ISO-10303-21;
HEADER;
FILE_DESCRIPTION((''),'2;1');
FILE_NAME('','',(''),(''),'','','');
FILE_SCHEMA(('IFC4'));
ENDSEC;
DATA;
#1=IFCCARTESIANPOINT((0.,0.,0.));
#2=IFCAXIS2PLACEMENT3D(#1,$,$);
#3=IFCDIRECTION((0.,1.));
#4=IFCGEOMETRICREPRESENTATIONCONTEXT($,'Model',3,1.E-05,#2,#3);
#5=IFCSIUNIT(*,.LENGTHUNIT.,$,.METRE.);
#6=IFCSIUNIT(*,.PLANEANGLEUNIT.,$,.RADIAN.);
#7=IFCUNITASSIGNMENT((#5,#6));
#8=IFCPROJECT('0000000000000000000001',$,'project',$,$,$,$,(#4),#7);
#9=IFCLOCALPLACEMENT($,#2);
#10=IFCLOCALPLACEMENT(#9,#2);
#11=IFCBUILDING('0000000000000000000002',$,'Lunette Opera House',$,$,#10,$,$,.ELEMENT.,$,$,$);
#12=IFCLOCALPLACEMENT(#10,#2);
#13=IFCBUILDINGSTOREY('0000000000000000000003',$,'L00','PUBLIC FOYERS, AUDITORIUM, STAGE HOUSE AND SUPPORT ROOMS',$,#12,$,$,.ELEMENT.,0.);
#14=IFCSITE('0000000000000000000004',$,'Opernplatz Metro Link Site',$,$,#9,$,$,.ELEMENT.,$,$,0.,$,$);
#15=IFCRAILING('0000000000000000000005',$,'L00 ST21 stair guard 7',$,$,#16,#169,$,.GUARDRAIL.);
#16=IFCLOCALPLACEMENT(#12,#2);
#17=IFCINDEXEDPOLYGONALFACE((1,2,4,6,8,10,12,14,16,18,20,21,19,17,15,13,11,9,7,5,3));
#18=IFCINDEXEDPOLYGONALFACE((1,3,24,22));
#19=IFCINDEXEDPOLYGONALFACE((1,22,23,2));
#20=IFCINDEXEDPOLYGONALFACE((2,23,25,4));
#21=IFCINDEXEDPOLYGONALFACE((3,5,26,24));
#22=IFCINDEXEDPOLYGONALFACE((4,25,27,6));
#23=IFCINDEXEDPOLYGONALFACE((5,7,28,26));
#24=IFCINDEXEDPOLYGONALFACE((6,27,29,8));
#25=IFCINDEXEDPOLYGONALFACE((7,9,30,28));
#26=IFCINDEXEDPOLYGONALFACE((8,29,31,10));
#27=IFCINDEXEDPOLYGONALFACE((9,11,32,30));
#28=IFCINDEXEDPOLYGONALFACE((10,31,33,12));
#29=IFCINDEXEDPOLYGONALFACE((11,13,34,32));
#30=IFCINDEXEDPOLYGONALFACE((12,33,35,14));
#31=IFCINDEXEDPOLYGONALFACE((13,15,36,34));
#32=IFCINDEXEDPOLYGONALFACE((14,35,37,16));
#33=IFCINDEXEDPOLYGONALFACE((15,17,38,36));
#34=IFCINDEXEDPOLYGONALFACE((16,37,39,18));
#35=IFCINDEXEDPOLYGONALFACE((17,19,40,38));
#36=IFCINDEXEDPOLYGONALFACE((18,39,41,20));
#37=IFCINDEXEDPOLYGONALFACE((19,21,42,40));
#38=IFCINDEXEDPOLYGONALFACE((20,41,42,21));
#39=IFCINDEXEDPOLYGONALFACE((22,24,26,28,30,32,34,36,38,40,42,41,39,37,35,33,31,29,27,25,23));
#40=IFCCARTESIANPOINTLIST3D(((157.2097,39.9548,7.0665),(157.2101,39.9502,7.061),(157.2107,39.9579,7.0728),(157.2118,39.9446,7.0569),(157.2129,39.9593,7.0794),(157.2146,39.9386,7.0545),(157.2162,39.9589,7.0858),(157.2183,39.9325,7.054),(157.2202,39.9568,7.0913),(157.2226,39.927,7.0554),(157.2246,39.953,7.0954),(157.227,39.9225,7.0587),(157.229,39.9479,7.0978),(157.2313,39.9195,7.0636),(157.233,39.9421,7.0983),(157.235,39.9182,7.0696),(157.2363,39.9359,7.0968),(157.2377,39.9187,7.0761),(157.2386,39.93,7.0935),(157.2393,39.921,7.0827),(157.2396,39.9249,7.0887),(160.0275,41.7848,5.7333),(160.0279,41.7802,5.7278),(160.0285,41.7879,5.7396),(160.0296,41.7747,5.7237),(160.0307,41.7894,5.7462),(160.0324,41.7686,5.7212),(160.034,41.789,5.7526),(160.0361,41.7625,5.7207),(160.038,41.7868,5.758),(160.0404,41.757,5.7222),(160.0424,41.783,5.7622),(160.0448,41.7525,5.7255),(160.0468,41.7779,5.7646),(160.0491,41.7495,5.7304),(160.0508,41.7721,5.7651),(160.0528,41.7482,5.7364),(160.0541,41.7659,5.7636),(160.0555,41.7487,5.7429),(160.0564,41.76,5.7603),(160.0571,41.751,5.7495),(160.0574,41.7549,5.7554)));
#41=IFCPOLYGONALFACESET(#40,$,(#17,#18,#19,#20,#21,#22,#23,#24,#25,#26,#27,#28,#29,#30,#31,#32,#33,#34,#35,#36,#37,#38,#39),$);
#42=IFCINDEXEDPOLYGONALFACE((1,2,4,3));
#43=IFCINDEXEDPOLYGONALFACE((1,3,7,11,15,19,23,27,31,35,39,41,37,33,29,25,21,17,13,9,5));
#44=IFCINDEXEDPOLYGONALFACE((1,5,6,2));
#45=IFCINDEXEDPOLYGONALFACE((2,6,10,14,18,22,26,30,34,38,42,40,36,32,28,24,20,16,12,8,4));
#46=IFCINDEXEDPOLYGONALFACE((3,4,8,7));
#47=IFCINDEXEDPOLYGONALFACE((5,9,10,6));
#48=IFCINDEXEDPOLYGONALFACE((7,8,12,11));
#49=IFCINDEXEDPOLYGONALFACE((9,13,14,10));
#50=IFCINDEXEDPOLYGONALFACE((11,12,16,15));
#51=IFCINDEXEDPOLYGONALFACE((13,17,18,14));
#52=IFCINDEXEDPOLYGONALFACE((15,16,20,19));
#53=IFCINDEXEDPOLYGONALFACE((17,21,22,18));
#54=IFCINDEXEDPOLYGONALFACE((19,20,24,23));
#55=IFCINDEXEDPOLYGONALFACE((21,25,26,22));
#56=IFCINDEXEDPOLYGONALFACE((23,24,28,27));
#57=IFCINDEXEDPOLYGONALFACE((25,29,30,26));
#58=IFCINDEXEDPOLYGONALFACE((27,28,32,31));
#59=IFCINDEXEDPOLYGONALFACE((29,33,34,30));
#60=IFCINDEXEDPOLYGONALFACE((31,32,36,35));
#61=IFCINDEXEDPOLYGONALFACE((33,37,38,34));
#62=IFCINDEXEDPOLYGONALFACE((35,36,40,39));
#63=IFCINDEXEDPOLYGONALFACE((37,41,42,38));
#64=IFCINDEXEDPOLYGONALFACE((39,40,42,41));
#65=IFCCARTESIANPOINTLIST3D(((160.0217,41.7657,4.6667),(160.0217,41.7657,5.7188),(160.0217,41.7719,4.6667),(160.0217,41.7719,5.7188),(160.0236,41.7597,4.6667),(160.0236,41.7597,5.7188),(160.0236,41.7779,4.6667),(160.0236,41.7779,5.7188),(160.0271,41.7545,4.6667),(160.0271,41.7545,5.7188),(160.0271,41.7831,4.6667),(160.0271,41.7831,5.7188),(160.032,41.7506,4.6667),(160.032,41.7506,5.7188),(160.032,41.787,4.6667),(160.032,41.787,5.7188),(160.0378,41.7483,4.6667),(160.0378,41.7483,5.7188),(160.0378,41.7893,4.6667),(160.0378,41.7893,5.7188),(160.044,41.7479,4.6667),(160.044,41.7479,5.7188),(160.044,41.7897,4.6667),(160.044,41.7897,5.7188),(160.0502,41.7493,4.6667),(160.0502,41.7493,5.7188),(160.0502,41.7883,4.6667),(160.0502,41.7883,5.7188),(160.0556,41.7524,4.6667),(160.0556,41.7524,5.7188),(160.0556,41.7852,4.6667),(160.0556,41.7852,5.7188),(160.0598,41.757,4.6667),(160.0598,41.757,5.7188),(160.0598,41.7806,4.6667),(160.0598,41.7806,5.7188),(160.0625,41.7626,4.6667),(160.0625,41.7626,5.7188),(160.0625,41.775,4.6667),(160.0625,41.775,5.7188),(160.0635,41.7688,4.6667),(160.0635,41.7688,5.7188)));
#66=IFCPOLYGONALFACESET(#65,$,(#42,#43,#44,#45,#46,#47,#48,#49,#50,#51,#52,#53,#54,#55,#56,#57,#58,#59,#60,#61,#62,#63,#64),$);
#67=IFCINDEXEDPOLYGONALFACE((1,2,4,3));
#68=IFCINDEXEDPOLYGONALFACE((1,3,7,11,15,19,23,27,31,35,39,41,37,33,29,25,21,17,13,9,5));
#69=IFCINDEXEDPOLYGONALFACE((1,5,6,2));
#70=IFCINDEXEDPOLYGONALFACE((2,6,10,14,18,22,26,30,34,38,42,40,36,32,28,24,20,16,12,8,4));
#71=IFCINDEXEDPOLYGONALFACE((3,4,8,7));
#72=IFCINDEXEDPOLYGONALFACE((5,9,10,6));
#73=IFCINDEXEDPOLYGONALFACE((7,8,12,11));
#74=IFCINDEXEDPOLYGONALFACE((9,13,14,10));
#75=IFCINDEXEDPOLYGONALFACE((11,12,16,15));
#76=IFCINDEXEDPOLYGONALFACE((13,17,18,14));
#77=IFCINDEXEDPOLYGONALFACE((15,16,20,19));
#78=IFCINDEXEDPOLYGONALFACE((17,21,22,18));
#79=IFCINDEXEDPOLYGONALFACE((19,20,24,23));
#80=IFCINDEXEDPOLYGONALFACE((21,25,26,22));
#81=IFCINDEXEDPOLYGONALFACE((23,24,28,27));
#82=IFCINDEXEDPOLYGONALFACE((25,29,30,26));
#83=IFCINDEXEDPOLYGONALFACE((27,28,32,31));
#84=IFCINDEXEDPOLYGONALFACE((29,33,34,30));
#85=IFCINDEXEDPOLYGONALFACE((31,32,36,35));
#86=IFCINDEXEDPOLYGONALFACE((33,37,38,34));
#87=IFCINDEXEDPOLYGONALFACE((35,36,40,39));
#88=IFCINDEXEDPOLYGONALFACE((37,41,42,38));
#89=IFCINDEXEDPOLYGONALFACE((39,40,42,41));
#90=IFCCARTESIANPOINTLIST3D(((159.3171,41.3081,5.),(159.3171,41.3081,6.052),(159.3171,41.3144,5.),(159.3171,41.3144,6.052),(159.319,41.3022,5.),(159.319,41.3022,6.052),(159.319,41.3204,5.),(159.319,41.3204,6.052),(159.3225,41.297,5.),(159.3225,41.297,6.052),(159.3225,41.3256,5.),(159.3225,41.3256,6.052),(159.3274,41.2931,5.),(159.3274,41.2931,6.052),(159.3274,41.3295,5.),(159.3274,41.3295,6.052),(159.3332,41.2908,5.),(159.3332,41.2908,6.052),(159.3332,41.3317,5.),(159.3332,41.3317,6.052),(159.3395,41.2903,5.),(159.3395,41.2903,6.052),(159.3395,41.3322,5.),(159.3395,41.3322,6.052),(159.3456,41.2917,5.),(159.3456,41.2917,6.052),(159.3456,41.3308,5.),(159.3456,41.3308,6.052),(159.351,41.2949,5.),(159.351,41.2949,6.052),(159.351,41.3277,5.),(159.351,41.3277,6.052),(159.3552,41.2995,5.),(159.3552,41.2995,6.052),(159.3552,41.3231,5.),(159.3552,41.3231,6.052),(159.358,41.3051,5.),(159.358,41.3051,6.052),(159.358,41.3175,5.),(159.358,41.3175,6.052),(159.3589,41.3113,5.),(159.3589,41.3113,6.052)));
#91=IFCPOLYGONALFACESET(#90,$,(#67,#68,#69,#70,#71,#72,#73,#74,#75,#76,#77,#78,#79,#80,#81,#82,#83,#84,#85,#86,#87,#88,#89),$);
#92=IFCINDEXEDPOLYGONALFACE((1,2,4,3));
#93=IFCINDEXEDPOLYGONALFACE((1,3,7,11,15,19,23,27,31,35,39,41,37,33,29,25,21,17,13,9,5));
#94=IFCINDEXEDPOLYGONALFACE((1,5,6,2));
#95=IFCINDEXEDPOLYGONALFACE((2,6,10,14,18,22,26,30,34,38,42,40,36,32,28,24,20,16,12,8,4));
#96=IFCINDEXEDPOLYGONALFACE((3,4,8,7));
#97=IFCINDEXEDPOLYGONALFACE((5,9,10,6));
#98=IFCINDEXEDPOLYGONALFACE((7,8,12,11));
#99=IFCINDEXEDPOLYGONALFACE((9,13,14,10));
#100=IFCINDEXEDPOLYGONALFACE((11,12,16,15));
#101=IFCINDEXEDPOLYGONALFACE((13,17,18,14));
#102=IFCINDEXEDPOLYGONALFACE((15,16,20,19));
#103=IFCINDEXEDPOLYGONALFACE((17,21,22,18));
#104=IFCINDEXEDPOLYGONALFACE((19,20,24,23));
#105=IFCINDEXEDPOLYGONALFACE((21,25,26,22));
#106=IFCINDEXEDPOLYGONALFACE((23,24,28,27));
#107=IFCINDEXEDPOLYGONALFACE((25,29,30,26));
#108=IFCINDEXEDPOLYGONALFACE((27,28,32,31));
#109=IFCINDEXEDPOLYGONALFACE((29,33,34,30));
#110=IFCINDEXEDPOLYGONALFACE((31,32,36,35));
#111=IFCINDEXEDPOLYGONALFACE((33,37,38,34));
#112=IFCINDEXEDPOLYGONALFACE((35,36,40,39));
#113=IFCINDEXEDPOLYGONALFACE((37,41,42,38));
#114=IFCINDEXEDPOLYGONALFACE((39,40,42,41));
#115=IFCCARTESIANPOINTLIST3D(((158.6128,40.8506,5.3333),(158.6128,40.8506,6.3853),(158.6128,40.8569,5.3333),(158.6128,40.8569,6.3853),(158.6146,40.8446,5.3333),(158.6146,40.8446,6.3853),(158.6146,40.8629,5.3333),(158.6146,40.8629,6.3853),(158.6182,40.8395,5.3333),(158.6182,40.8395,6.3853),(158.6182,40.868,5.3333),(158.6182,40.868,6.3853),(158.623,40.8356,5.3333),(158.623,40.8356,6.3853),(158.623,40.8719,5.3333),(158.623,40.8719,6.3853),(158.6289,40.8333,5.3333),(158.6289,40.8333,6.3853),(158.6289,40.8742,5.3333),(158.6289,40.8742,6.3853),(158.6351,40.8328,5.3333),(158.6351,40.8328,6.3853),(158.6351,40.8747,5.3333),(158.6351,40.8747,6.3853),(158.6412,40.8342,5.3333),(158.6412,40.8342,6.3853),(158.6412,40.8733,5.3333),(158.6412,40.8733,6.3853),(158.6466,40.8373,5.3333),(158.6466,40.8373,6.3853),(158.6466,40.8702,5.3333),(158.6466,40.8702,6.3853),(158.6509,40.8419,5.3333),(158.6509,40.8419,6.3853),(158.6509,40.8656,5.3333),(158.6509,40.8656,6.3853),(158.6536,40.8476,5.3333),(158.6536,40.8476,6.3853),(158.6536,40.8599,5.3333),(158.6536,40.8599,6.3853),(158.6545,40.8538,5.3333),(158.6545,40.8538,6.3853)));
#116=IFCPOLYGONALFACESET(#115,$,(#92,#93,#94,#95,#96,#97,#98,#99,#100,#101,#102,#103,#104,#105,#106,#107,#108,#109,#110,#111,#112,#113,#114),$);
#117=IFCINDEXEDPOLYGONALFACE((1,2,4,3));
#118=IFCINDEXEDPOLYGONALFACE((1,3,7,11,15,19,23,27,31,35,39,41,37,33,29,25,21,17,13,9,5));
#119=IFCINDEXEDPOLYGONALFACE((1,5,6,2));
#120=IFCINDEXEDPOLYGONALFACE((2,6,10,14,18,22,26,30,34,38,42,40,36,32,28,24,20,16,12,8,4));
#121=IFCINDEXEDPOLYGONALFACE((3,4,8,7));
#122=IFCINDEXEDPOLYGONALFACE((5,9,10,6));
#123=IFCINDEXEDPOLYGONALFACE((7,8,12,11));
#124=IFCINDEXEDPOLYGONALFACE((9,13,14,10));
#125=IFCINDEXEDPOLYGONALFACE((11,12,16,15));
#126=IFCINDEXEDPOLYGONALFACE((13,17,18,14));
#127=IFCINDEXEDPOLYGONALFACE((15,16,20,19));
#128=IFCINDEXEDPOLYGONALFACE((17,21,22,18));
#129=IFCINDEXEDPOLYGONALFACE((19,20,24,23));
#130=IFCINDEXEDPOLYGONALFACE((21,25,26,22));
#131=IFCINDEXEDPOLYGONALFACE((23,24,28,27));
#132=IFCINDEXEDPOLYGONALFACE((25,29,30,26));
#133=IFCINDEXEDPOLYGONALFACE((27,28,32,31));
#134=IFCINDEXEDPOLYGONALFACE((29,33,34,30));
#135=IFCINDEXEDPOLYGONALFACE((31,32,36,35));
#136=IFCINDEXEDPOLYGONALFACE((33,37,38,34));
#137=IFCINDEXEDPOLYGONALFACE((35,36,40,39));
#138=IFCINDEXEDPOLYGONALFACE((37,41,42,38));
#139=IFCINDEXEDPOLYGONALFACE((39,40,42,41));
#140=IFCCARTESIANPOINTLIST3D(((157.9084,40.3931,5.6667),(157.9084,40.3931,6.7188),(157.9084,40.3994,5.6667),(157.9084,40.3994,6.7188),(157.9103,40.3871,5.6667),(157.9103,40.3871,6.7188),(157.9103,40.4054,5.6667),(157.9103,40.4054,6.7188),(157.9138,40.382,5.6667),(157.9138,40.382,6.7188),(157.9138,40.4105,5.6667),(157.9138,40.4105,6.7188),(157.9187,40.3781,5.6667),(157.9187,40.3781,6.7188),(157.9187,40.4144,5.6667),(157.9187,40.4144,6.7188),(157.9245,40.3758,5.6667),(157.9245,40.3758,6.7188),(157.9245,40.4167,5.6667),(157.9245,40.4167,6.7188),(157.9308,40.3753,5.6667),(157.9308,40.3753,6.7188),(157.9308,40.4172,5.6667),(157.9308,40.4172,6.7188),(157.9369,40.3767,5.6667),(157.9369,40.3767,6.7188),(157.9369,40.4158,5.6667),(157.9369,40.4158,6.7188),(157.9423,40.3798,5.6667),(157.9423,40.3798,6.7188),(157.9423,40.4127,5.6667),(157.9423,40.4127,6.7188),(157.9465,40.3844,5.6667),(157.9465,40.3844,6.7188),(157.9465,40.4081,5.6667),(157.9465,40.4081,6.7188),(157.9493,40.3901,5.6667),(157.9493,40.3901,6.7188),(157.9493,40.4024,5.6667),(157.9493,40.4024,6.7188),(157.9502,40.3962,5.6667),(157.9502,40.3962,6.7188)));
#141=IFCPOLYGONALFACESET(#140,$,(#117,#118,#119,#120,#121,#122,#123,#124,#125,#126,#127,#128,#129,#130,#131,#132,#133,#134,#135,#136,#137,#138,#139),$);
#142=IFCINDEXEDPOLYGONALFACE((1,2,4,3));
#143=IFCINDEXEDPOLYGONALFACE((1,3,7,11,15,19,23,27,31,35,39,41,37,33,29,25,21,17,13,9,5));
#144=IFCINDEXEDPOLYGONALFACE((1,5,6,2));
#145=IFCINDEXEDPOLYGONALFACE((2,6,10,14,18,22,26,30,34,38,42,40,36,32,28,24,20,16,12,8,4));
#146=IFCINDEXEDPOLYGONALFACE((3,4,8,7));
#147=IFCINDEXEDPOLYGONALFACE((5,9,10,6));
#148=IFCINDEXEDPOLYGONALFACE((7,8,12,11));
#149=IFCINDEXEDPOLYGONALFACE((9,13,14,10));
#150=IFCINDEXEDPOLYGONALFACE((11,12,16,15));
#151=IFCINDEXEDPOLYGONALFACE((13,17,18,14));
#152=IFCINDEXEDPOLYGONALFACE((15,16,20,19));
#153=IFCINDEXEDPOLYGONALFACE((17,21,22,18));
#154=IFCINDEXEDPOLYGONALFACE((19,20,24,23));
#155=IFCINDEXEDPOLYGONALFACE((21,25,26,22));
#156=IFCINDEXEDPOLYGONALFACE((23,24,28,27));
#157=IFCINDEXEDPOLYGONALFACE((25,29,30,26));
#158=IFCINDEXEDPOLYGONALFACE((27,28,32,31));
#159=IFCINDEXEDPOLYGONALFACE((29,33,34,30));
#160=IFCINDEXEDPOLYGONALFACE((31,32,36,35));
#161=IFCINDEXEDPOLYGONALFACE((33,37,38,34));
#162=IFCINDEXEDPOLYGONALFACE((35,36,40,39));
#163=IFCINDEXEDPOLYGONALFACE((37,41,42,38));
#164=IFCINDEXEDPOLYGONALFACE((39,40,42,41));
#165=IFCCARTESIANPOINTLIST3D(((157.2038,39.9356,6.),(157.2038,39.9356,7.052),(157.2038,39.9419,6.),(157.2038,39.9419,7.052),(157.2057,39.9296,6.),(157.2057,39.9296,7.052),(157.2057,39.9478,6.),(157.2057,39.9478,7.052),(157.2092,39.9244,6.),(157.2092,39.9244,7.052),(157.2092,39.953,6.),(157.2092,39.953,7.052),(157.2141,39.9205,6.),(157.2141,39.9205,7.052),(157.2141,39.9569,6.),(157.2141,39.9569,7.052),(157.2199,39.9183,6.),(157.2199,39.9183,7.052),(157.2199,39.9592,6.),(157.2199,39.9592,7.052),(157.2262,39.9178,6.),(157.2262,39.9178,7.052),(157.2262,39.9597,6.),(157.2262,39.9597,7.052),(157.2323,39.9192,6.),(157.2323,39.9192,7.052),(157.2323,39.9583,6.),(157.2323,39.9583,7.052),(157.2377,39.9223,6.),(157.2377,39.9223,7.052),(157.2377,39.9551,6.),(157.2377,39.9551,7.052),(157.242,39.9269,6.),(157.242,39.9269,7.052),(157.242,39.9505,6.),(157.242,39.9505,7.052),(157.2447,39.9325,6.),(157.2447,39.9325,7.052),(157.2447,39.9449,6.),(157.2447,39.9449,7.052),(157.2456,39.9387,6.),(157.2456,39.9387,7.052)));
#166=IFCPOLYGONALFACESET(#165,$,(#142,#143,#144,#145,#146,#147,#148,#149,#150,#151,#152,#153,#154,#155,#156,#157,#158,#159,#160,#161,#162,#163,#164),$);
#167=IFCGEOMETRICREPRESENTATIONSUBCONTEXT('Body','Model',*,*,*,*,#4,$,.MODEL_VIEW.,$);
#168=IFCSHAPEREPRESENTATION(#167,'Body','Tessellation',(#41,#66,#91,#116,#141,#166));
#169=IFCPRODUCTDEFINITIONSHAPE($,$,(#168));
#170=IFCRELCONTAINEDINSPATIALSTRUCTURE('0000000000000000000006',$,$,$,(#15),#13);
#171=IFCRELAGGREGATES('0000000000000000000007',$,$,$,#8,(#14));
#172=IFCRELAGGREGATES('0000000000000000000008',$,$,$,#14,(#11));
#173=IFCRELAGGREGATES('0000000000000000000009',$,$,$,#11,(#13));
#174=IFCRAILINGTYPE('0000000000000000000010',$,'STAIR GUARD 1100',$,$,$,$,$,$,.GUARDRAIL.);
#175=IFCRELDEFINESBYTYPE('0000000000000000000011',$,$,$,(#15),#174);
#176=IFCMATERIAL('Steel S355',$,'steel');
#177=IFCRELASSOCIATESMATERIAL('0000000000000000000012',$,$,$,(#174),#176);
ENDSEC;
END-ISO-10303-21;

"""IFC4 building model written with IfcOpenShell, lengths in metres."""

from ifc_helpers import new_model, si_unit, direction, frame, origin, origin_2d, place, context, subcontext, project, spatial, circle, extrude, material, type_object, element, save


model = new_model("IFC4")

# Units and contexts
model_context = context("Model", 3, precision=1e-05, world=origin(), true_north=direction((0.0, 1.0)))
body_context = subcontext(model_context, "Body", "Model", "MODEL_VIEW")
ifc_project = project(units=[si_unit("LENGTHUNIT", "METRE"), si_unit("PLANEANGLEUNIT", "RADIAN")], contexts=[model_context])

# Site, building, storey
site_placement = place(None, origin())
site = spatial("IfcSite", under=ifc_project, at=site_placement, Name="Opernplatz Metro Link Site", CompositionType="ELEMENT", RefElevation=0.0)
building_placement = place(site_placement, origin())
building = spatial("IfcBuilding", under=site, at=building_placement, Name="Lunette Opera House", CompositionType="ELEMENT")
storey_placement = place(building_placement, origin())
storey = spatial("IfcBuildingStorey", under=building, at=storey_placement, Name="L00", Description="PUBLIC FOYERS, AUDITORIUM, STAGE HOUSE AND SUPPORT ROOMS", CompositionType="ELEMENT", Elevation=0.0)

# Railing
ifc_material_1 = material(Name="Steel S355", Category="steel")
railing_type_1 = type_object("IfcRailingType", Name="STAIR GUARD 1100", PredefinedType="GUARDRAIL", material=ifc_material_1)
railing_1_placement = place(storey_placement, frame((160.0425, 41.7688, 4.6667)))
element("IfcRailing", 1, at=railing_1_placement, inside=storey, type_object=railing_type_1, Name="L00 ST21 stair guard 7", PredefinedType="GUARDRAIL", context=body_context, shape_type="SweptSolid", body=[
    extrude(circle(Radius=0.0239, at=origin_2d()), frame((0.0, 0.0, 1.0762), z_axis=(-0.779526, -0.506267, 0.368826), x_axis=(0.544667, -0.838653, 0.0)), (0.0, 0.0, 1.0), 3.6147),
    extrude(circle(Radius=0.021, at=origin_2d()), origin(), (0.0, 0.0, 1.0), 1.052),
    extrude(circle(Radius=0.021, at=origin_2d()), frame((-0.7046, -0.4575, 0.3333)), (0.0, 0.0, 1.0), 1.052),
    extrude(circle(Radius=0.021, at=origin_2d()), frame((-1.4089, -0.915, 0.6665)), (0.0, 0.0, 1.0), 1.052),
    extrude(circle(Radius=0.021, at=origin_2d()), frame((-2.1133, -1.3726, 1.0)), (0.0, 0.0, 1.0), 1.052),
    extrude(circle(Radius=0.021, at=origin_2d()), frame((-2.8179, -1.8301, 1.3333)), (0.0, 0.0, 1.0), 1.052),
])

save(model, "model.ifc")
